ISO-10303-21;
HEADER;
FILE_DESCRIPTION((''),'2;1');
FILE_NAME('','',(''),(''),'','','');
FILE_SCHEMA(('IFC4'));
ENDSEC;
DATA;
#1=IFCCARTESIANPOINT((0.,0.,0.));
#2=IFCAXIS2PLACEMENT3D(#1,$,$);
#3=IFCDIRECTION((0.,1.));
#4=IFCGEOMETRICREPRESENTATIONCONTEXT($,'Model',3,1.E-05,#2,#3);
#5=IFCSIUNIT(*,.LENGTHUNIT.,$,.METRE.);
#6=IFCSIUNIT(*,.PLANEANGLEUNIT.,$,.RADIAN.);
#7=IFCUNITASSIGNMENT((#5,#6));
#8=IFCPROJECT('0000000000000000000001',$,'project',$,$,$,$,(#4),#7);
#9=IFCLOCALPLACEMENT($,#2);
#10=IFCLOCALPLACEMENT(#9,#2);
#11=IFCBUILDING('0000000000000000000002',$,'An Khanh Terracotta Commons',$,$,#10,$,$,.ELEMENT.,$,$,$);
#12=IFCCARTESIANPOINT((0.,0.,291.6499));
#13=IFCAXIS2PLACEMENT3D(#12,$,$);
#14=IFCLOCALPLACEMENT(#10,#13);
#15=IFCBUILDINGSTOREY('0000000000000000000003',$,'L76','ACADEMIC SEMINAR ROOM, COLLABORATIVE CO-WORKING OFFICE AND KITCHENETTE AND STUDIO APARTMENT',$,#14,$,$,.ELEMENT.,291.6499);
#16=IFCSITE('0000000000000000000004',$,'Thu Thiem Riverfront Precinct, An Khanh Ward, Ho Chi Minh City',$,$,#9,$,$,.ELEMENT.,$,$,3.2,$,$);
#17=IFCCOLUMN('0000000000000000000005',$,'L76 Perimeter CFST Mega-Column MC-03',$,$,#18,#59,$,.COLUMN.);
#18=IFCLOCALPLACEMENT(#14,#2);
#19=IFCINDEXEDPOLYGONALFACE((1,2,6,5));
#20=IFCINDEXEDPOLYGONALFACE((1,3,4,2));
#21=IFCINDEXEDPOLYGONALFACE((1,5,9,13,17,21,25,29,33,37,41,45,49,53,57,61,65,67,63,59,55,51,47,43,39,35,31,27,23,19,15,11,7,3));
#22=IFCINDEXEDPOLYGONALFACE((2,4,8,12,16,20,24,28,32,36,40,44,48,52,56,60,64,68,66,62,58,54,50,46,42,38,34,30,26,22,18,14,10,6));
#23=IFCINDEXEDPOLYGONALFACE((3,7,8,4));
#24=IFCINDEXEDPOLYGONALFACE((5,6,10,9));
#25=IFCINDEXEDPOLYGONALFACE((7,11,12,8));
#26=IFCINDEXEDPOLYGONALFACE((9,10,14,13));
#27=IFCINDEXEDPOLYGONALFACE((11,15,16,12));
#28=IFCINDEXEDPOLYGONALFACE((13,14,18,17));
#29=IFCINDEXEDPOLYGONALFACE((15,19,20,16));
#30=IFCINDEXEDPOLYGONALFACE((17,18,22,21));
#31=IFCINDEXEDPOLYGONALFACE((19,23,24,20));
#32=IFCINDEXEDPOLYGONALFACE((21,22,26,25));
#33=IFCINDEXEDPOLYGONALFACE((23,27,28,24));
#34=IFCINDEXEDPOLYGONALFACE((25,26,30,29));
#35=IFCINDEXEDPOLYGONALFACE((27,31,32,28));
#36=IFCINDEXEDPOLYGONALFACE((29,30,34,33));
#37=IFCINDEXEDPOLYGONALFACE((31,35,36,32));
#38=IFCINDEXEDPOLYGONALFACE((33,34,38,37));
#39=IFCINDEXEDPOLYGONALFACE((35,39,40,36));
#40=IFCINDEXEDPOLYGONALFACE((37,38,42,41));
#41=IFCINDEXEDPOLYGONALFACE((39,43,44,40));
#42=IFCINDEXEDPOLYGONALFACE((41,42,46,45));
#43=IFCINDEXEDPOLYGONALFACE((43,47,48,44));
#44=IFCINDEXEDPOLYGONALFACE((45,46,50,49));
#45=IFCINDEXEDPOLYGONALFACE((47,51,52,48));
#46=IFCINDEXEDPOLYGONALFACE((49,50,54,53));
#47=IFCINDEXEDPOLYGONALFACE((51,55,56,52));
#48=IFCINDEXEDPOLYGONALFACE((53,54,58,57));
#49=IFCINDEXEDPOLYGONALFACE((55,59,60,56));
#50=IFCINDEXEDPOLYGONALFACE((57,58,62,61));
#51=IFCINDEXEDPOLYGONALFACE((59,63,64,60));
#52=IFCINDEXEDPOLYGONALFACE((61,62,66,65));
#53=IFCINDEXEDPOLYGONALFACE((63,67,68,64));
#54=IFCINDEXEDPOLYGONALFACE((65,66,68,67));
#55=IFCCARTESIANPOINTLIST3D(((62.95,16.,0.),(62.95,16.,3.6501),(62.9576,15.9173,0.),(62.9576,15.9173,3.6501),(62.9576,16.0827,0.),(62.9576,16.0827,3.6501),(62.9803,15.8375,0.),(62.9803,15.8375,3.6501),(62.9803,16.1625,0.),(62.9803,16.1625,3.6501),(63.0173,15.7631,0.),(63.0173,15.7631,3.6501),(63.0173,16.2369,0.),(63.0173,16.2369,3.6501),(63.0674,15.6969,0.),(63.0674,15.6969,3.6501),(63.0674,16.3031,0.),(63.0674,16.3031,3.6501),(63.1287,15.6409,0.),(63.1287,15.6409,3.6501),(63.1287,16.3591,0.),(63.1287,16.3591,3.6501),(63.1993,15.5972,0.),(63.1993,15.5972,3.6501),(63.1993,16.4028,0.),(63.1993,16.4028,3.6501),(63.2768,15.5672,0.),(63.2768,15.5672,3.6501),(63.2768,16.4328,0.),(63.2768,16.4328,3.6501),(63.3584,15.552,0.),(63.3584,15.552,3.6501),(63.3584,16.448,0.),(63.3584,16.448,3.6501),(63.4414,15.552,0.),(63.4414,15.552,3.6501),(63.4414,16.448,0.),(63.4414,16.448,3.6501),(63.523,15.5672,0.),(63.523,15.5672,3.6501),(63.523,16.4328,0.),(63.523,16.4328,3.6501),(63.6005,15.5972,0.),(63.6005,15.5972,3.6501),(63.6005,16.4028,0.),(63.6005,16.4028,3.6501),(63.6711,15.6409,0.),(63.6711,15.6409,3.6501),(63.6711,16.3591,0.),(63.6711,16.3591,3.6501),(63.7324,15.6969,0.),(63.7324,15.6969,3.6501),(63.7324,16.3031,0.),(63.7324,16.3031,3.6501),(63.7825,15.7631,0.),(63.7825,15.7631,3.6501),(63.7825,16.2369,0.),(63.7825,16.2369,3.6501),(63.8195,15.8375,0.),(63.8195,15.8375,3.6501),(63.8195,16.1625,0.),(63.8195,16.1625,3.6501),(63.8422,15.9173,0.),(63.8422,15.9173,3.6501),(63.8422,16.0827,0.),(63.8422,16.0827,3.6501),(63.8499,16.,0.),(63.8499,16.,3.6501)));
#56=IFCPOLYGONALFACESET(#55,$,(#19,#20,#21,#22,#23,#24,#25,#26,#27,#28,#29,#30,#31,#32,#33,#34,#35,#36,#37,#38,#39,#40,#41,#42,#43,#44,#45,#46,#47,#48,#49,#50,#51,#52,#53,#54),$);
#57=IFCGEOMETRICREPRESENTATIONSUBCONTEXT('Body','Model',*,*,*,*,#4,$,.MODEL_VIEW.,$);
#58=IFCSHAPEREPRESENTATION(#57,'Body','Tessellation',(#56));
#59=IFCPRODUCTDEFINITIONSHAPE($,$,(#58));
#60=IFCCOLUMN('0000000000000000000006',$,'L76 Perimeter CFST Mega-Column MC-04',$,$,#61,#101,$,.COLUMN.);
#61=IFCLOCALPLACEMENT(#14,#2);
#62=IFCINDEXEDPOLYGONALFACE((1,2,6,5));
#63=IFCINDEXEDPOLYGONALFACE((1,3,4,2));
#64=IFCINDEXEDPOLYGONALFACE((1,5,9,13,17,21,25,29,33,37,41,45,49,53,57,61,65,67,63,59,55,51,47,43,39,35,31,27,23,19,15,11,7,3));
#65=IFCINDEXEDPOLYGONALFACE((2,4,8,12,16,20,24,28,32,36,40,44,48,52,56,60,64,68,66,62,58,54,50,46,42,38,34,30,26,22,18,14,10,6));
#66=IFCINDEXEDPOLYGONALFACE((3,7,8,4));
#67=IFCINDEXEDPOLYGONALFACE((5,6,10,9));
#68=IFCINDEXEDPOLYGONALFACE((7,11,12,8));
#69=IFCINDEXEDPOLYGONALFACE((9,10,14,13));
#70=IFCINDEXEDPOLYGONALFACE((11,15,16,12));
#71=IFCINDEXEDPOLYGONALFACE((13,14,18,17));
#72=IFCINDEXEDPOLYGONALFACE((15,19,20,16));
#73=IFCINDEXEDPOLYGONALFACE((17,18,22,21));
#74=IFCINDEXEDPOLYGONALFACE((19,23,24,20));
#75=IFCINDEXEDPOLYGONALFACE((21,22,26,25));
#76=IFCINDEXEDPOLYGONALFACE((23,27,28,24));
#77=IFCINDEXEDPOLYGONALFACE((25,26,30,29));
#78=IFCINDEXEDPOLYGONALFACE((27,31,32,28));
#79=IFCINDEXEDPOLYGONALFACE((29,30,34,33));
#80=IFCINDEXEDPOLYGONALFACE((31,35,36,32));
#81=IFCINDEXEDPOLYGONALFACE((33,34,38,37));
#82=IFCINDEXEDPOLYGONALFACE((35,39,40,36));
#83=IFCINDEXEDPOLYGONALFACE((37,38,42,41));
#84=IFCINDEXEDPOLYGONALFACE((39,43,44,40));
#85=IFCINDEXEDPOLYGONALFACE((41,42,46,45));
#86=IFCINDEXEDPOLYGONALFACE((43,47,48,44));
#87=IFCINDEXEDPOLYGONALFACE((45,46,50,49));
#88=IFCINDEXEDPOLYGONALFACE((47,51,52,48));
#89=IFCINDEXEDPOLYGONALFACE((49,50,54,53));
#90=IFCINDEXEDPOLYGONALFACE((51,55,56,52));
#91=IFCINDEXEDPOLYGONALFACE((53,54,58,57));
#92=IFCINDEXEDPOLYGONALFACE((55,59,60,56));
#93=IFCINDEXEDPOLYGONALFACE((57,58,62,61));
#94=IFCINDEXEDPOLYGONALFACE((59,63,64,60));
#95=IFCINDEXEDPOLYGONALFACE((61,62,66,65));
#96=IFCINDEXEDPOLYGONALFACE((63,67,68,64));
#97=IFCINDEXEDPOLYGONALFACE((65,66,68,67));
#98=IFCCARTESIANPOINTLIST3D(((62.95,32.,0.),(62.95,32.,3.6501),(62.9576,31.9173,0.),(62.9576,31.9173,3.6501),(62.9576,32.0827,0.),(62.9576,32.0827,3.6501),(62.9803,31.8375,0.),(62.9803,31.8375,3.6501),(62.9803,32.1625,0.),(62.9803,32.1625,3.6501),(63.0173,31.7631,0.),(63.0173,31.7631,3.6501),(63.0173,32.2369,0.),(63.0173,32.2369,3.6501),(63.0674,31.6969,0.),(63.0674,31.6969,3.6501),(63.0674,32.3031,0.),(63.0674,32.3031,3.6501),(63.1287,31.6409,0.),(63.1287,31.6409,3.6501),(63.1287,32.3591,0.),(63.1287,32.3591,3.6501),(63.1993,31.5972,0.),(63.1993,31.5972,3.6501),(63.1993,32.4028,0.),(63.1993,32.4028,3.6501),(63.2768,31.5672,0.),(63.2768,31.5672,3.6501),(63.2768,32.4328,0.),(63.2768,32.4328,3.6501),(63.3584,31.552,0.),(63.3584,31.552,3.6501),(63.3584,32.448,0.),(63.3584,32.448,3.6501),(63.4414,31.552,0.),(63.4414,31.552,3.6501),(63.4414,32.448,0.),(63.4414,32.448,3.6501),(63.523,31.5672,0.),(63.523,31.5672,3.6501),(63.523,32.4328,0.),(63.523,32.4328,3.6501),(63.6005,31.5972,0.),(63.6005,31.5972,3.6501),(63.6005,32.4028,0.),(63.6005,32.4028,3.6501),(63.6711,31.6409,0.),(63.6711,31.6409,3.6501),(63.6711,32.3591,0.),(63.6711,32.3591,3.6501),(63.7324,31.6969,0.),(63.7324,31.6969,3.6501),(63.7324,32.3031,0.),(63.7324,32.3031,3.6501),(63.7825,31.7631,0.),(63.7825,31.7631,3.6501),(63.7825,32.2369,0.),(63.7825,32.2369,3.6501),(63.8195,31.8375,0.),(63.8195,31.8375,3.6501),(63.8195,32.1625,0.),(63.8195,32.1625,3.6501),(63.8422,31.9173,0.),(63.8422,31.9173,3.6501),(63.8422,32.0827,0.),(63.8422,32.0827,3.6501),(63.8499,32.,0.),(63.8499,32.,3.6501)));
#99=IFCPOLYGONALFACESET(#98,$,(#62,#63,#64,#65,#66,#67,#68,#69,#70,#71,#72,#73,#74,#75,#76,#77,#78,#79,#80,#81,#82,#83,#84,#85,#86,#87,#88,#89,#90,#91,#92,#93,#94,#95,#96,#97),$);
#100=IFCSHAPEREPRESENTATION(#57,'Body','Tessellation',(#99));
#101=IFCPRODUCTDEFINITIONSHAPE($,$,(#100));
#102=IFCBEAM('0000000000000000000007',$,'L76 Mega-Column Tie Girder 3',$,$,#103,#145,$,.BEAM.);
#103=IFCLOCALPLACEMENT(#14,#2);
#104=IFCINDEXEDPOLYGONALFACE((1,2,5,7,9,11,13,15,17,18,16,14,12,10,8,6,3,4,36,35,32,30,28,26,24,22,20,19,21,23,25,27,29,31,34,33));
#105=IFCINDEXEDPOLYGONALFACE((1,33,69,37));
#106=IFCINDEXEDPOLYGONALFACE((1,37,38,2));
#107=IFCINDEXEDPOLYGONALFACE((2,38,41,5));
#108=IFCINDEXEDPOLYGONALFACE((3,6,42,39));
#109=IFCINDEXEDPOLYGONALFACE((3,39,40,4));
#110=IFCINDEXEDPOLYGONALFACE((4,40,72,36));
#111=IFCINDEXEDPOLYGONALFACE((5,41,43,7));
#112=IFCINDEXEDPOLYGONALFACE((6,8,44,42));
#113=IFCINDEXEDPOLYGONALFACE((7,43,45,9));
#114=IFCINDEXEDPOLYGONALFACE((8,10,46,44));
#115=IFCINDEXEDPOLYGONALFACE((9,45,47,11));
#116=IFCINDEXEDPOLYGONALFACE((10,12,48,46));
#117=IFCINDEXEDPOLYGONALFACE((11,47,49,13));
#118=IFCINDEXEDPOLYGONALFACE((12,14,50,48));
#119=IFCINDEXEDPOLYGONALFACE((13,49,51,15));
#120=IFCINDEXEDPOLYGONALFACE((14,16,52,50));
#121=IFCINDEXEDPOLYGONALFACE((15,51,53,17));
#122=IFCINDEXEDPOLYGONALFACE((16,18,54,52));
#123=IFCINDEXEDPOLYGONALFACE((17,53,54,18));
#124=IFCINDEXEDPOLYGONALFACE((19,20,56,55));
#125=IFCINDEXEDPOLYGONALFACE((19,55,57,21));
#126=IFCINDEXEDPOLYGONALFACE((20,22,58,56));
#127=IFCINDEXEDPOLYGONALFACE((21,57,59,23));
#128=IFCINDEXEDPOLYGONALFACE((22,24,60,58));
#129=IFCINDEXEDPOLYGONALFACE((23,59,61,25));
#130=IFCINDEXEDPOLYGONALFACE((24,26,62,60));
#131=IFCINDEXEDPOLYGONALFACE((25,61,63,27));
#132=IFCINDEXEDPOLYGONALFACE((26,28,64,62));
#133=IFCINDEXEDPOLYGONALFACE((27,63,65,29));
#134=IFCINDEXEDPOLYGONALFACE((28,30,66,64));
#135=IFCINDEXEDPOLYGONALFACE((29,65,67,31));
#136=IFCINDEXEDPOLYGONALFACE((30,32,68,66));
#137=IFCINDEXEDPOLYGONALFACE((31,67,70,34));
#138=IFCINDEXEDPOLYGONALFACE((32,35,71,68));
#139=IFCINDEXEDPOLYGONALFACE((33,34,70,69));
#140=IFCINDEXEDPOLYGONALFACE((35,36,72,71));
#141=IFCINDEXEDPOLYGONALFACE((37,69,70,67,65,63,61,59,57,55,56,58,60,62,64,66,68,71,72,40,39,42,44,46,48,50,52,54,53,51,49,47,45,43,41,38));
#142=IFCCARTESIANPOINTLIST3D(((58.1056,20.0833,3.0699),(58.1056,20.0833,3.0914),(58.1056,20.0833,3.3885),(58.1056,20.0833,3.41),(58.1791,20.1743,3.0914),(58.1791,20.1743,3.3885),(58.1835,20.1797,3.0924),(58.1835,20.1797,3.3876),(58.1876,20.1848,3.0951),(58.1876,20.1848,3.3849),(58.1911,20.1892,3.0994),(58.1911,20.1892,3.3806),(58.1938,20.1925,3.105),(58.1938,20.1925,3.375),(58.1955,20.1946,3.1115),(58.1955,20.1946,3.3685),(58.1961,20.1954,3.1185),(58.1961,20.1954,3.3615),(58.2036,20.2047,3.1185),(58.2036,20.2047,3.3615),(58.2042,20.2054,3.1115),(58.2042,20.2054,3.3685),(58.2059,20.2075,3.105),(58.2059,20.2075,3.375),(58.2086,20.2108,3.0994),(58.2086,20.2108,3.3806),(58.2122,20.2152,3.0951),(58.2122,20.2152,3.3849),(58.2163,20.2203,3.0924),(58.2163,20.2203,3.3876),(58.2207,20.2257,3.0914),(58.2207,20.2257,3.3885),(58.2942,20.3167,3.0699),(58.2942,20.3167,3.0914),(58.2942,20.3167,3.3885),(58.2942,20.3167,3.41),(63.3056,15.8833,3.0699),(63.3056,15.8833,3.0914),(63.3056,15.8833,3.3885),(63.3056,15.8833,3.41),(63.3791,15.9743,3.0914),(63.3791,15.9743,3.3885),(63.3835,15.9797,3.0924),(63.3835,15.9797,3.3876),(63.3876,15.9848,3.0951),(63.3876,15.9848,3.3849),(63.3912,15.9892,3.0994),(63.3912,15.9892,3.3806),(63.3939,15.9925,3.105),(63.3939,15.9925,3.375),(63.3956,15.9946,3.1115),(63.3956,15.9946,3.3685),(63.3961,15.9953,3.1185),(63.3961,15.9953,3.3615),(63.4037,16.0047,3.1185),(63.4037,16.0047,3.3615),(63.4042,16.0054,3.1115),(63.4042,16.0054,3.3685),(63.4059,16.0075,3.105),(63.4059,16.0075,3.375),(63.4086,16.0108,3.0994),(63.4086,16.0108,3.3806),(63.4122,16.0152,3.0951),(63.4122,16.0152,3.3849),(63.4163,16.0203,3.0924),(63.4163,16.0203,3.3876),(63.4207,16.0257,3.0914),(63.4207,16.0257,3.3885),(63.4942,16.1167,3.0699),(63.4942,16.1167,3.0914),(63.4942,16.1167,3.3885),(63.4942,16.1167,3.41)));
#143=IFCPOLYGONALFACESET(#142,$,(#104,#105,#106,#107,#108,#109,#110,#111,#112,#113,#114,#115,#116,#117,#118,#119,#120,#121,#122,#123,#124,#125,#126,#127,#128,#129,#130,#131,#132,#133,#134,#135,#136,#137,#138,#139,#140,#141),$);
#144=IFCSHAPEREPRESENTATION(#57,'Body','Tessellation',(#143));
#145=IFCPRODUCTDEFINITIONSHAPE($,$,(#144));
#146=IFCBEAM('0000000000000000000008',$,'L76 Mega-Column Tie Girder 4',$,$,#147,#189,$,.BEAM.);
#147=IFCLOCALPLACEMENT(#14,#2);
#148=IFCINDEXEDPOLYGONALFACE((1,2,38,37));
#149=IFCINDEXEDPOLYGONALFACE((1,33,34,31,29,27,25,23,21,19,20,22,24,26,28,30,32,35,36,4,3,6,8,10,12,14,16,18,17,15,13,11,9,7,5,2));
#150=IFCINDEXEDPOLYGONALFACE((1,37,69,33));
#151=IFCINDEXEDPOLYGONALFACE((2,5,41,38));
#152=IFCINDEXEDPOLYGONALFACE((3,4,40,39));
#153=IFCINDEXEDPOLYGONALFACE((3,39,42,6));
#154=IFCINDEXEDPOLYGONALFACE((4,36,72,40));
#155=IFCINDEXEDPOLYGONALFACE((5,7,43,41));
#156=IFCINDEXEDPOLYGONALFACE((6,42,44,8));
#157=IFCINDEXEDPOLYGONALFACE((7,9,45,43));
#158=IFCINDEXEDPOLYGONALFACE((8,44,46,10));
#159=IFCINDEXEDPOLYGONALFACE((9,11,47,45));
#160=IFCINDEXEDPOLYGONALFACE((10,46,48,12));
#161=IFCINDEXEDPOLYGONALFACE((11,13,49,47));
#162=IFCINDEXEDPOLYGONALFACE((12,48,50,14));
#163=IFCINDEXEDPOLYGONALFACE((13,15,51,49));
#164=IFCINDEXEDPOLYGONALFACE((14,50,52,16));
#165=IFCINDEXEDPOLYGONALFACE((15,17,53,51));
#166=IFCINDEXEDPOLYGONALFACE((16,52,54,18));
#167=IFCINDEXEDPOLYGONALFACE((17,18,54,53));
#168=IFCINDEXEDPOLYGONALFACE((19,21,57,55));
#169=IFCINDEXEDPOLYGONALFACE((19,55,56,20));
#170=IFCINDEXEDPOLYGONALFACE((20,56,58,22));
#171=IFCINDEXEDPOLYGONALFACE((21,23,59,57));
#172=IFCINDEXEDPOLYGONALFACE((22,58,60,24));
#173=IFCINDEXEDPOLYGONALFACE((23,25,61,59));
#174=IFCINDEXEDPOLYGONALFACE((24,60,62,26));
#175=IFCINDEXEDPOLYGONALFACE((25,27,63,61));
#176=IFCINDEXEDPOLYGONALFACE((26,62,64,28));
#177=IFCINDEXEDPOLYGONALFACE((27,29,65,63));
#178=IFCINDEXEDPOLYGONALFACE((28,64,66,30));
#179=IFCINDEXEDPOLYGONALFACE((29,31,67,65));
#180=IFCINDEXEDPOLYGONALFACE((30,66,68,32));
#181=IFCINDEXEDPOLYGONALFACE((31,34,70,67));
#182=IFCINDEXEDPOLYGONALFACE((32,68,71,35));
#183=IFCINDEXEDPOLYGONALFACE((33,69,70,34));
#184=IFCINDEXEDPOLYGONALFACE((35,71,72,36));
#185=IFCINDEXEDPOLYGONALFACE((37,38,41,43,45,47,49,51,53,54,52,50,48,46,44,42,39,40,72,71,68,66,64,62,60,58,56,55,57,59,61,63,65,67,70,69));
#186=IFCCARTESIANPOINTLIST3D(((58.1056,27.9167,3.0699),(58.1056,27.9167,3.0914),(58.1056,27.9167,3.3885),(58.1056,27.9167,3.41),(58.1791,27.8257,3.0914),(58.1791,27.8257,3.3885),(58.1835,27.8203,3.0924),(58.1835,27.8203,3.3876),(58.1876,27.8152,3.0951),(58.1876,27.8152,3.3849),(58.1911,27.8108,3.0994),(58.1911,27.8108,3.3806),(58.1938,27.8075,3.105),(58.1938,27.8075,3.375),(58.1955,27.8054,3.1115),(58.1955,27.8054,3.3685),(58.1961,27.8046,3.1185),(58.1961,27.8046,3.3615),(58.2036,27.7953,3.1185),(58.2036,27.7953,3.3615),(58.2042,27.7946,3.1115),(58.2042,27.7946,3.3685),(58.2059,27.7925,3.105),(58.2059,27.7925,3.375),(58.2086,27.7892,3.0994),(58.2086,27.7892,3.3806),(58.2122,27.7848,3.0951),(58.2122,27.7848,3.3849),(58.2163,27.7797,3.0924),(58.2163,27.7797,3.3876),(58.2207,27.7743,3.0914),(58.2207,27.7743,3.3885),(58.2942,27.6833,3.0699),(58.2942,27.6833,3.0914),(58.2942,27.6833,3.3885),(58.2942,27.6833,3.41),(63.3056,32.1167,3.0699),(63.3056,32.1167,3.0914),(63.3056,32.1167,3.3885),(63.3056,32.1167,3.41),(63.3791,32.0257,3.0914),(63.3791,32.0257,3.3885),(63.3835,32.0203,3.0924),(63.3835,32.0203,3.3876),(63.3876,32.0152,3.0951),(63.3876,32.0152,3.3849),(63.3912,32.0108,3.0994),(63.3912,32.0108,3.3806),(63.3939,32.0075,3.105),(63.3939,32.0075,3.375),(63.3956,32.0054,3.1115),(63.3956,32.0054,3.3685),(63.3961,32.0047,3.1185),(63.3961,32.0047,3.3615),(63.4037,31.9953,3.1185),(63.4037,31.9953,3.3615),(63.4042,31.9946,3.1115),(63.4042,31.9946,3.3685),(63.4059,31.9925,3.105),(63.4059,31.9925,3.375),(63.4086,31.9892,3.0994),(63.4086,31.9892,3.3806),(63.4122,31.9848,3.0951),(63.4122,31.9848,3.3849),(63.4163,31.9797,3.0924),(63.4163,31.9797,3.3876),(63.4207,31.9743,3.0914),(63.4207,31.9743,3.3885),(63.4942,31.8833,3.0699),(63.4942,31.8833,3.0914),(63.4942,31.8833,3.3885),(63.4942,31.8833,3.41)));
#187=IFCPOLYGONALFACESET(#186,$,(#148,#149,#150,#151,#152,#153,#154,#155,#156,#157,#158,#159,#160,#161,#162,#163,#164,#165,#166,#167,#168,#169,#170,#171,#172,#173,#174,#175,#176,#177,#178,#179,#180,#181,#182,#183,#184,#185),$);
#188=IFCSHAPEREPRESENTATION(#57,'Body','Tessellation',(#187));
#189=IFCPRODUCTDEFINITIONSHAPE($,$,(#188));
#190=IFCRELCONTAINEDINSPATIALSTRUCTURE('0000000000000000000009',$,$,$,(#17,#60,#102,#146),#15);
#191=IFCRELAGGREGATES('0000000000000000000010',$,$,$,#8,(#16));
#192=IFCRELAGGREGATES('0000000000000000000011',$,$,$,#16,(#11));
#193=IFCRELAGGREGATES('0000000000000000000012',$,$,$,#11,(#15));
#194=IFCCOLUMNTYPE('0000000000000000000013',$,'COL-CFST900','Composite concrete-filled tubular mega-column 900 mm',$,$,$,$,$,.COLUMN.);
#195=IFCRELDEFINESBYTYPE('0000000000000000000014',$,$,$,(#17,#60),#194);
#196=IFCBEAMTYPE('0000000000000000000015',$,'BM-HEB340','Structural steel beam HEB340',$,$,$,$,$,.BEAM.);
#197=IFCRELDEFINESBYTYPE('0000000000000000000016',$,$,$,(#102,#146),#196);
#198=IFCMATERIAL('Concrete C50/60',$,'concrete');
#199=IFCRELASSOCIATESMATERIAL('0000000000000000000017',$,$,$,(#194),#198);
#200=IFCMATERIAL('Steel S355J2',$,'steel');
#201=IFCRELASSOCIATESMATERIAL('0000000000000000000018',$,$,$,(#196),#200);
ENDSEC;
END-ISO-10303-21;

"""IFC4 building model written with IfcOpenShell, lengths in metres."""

from ifc_helpers import new_model, si_unit, direction, frame, origin, origin_2d, place, context, subcontext, project, spatial, circle, i_section, extrude, material, material_profile, profile_set, type_object, element, save


model = new_model("IFC4")

# Units and contexts
model_context = context("Model", 3, precision=1e-05, world=origin(), true_north=direction((0.0, 1.0)))
body_context = subcontext(model_context, "Body", "Model", "MODEL_VIEW")
ifc_project = project(units=[si_unit("LENGTHUNIT", "METRE"), si_unit("PLANEANGLEUNIT", "RADIAN")], contexts=[model_context])

# Site, building, storey
site_placement = place(None, origin())
site = spatial("IfcSite", under=ifc_project, at=site_placement, Name="Thu Thiem Riverfront Precinct, An Khanh Ward, Ho Chi Minh City", CompositionType="ELEMENT", RefElevation=3.2)
building_placement = place(site_placement, origin())
building = spatial("IfcBuilding", under=site, at=building_placement, Name="An Khanh Terracotta Commons", CompositionType="ELEMENT")
storey_placement = place(building_placement, frame((0.0, 0.0, 291.6499)))
storey = spatial("IfcBuildingStorey", under=building, at=storey_placement, Name="L76", Description="ACADEMIC SEMINAR ROOM, COLLABORATIVE CO-WORKING OFFICE AND KITCHENETTE AND STUDIO APARTMENT", CompositionType="ELEMENT", Elevation=291.6499)

# Columns
ifc_material_1 = material(Name="Concrete C50/60", Category="concrete")
ifc_material_profile_1 = material_profile(ifc_material_1, circle(Radius=0.45, at=origin_2d()), Name="CFST900")
ifc_profile_set_1 = profile_set([ifc_material_profile_1], Name="Concrete C50/60")
column_type = type_object("IfcColumnType", Name="COL-CFST900", Description="Composite concrete-filled tubular mega-column 900 mm", PredefinedType="COLUMN", material=ifc_profile_set_1)
for number, where, z_axis, x_axis, name in (
    (1, (63.3999, 16.0, 0.0), (0.0, 0.0, 1.0), (1.0, 0.0, 0.0), "L76 Perimeter CFST Mega-Column MC-03"),
    (2, (63.3999, 32.0, 0.0), (0.0, 0.0, 1.0), (1.0, 0.0, 0.0), "L76 Perimeter CFST Mega-Column MC-04"),
):
    element("IfcColumn", number, at=place(storey_placement, frame(where, z_axis=z_axis, x_axis=x_axis)), inside=storey, type_object=column_type, Name=name, PredefinedType="COLUMN", context=body_context, shape_type="SweptSolid", body=[
        extrude(circle(Radius=0.45, at=origin_2d()), origin(), (0.0, 0.0, 1.0), 3.6501),
    ])

# Beams
ifc_material_2 = material(Name="Steel S355J2", Category="steel")
ifc_material_profile_2 = material_profile(ifc_material_2, i_section(OverallWidth=0.3, OverallDepth=0.3401, WebThickness=0.012, FlangeThickness=0.0215, FilletRadius=0.0271, at=origin_2d()), Name="HEB340")
ifc_profile_set_2 = profile_set([ifc_material_profile_2], Name="Steel S355J2")
beam_type_1 = type_object("IfcBeamType", Name="BM-HEB340", Description="Structural steel beam HEB340", PredefinedType="BEAM", material=ifc_profile_set_2)
for number, where, z_axis, x_axis, name in (
    (3, (63.3999, 16.0, 3.24), (-0.777942, 0.628336, 0.0), (-0.628336, -0.777942, 0.0), "L76 Mega-Column Tie Girder 3"),
    (4, (63.3999, 32.0, 3.24), (-0.777942, -0.628336, 0.0), (0.628336, -0.777942, 0.0), "L76 Mega-Column Tie Girder 4"),
):
    element("IfcBeam", number, at=place(storey_placement, frame(where, z_axis=z_axis, x_axis=x_axis)), inside=storey, type_object=beam_type_1, Name=name, PredefinedType="BEAM", context=body_context, shape_type="SweptSolid", body=[
        extrude(i_section(OverallWidth=0.3, OverallDepth=0.3401, WebThickness=0.012, FlangeThickness=0.0215, FilletRadius=0.0271, at=origin_2d()), origin(), (0.0, 0.0, 1.0), 6.6843),
    ])

save(model, "model.ifc")
